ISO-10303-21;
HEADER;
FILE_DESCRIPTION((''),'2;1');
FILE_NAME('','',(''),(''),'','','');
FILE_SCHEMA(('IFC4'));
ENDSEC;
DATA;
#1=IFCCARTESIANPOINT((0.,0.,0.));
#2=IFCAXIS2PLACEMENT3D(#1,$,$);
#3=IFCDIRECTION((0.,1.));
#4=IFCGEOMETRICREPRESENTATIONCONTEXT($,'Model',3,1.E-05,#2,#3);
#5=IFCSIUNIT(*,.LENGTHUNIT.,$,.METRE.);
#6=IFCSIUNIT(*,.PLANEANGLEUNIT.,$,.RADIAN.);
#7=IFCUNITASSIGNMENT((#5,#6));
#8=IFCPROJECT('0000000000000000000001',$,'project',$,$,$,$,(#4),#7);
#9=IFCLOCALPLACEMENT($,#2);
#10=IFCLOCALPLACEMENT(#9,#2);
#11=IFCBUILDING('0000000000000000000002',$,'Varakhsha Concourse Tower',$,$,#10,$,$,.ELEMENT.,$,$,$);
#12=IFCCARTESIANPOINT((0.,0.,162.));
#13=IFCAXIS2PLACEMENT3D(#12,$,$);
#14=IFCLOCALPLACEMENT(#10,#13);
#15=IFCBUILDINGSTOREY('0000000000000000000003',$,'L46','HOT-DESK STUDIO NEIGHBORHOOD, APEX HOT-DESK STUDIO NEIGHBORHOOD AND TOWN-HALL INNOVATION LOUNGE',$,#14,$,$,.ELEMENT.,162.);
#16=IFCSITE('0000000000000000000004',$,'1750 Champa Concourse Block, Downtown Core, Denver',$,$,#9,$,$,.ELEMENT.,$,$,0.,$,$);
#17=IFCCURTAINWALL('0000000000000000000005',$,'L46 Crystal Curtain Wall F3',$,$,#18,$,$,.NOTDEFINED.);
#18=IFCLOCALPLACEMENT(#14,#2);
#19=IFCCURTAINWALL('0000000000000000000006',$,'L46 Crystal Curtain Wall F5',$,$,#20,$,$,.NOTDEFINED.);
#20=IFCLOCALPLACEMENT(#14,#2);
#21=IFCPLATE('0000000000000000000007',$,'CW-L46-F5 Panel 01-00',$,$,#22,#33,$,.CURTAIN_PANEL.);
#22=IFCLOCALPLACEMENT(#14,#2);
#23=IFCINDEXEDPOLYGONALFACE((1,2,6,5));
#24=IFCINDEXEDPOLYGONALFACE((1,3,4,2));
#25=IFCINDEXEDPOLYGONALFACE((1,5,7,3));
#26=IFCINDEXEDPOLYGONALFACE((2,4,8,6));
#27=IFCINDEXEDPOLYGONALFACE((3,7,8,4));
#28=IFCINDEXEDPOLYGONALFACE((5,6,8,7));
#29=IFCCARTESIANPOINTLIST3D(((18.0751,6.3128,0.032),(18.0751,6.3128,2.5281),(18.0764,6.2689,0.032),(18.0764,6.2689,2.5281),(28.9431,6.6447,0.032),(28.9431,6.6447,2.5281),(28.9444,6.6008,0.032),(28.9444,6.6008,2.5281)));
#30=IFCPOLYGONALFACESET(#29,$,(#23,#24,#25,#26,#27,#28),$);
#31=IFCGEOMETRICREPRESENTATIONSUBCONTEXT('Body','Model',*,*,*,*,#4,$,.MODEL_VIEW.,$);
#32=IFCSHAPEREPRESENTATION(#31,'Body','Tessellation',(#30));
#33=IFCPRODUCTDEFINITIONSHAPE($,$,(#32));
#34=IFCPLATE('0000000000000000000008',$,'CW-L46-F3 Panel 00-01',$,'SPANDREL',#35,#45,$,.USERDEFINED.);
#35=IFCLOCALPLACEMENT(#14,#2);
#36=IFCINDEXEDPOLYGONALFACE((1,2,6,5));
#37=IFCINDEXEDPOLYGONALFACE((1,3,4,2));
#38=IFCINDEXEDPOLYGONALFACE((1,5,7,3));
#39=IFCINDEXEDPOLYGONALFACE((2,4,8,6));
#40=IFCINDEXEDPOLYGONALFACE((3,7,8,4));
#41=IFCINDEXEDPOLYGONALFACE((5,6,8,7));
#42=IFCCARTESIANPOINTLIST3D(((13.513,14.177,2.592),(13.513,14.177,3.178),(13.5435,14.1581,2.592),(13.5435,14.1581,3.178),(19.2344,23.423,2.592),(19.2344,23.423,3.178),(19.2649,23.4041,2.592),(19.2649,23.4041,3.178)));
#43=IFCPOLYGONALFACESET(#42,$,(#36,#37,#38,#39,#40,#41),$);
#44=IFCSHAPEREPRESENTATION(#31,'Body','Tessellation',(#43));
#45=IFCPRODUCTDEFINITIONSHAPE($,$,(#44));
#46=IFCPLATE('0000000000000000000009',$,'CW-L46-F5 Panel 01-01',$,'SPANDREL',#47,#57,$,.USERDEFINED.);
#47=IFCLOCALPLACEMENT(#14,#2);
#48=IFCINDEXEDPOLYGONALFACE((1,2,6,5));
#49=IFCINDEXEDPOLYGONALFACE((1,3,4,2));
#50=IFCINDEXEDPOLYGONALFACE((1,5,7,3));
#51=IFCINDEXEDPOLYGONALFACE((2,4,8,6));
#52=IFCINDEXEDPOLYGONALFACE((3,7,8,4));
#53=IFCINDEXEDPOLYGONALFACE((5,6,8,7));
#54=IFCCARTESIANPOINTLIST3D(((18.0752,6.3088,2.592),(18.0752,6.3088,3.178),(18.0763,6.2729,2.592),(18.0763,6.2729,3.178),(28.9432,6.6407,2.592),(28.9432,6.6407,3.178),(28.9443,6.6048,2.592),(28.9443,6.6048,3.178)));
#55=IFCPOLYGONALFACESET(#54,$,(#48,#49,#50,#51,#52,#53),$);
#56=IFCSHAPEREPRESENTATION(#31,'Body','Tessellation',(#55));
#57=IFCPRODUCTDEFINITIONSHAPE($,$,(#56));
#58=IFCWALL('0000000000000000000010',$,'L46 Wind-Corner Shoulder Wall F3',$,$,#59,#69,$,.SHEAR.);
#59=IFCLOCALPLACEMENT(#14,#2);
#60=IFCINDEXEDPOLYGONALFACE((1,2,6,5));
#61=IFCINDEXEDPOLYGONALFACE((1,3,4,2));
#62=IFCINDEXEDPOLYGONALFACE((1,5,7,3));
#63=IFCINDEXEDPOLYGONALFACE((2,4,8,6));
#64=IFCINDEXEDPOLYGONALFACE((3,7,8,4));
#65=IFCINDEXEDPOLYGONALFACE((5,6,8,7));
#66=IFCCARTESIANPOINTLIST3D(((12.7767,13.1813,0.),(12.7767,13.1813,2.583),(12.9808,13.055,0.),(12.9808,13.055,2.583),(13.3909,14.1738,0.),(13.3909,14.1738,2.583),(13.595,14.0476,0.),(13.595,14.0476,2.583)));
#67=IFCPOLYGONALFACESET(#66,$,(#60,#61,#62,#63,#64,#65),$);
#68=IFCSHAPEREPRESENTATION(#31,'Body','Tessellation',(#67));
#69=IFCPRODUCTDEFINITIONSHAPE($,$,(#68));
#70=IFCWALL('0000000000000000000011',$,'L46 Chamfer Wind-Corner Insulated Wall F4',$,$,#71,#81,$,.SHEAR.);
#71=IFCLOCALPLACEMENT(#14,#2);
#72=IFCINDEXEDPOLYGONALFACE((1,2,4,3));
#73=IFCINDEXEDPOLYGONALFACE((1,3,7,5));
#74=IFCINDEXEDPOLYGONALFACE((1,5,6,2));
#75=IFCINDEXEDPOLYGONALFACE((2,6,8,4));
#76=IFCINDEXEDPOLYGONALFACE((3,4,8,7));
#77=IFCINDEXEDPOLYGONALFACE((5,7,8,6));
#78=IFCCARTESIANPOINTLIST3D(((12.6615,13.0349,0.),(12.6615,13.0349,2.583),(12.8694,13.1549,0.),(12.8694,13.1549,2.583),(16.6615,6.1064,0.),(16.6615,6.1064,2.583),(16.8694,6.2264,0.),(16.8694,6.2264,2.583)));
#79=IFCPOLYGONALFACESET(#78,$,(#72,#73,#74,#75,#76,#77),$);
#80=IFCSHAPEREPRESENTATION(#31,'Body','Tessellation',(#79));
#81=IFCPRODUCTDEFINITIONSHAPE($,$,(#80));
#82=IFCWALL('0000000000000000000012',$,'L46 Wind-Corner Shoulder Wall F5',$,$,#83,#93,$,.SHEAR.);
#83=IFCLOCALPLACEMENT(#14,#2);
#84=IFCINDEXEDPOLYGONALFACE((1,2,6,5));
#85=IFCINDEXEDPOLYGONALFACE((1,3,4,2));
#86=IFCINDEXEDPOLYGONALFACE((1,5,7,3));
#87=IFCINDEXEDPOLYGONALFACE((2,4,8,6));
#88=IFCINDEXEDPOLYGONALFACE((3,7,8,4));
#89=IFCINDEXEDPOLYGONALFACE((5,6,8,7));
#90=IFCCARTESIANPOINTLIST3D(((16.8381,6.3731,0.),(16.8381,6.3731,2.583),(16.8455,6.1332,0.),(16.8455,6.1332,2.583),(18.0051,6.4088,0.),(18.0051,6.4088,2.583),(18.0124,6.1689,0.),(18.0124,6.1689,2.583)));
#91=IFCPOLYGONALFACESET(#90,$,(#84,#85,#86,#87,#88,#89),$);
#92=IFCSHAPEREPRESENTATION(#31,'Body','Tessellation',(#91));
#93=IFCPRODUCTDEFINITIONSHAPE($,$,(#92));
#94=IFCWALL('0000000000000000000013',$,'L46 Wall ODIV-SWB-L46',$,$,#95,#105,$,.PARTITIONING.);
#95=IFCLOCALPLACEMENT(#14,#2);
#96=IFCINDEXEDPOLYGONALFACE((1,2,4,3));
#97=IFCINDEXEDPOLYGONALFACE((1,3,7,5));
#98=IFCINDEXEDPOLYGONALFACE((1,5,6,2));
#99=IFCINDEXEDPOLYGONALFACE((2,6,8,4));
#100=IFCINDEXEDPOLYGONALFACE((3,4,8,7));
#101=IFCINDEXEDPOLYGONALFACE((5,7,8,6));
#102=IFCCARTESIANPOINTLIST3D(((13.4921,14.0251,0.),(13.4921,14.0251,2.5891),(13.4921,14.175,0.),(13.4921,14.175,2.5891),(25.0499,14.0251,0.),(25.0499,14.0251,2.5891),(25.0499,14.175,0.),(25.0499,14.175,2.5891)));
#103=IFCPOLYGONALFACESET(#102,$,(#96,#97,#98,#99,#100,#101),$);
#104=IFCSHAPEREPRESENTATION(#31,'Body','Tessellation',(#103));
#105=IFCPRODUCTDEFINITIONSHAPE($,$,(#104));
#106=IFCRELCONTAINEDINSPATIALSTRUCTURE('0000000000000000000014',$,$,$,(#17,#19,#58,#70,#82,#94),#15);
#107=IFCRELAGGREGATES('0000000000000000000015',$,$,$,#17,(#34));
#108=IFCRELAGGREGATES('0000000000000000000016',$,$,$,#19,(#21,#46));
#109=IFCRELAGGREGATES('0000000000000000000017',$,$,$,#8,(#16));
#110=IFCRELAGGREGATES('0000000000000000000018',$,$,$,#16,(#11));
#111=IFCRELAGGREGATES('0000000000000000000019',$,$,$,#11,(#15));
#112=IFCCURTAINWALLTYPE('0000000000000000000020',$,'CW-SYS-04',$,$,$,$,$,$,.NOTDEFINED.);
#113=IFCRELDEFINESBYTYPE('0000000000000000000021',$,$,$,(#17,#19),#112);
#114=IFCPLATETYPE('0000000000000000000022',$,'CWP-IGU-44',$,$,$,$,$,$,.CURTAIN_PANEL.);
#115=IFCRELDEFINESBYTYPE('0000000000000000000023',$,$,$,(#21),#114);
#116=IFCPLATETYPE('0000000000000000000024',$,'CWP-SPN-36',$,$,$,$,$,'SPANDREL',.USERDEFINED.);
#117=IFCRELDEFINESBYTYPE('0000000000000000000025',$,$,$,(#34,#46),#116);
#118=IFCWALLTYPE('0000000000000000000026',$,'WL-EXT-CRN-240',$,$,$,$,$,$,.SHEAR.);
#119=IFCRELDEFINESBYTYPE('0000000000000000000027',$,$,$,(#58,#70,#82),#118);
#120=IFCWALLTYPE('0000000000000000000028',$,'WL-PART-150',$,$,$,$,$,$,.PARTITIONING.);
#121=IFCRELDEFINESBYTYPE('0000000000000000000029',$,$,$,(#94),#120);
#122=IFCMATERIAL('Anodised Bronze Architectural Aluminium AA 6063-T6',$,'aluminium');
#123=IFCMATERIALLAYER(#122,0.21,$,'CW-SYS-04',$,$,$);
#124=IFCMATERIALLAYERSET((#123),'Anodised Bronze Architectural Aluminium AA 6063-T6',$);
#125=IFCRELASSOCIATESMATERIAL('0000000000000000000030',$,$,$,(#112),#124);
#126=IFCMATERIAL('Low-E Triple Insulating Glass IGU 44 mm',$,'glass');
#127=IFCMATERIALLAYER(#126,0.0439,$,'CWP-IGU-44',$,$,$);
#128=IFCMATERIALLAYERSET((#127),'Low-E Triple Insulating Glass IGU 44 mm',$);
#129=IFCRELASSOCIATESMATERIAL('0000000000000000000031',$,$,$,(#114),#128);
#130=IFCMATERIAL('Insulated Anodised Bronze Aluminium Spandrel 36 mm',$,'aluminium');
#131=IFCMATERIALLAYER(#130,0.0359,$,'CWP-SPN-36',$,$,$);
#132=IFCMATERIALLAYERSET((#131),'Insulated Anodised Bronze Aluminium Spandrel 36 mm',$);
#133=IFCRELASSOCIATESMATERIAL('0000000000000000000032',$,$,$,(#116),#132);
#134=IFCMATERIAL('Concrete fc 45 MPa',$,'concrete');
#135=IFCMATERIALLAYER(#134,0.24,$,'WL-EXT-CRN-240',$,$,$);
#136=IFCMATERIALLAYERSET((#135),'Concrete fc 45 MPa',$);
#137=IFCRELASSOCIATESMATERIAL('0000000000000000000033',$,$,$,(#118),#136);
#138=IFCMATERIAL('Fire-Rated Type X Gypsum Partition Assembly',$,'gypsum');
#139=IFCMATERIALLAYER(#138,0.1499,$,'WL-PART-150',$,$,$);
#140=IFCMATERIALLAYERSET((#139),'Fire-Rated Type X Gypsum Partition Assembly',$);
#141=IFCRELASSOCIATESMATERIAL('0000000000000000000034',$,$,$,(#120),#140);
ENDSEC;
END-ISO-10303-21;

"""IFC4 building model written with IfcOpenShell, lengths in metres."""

from ifc_helpers import new_model, si_unit, direction, frame, frame_2d, origin, origin_2d, place, context, subcontext, project, spatial, rectangle, extrude, source, transform, mapped, material, layer, layer_set, type_object, type_shapes, element, aggregate, save


model = new_model("IFC4")

# Units and contexts
model_context = context("Model", 3, precision=1e-05, world=origin(), true_north=direction((0.0, 1.0)))
body_context = subcontext(model_context, "Body", "Model", "MODEL_VIEW")
ifc_project = project(units=[si_unit("LENGTHUNIT", "METRE"), si_unit("PLANEANGLEUNIT", "RADIAN")], contexts=[model_context])

# Site, building, storey
site_placement = place(None, origin())
site = spatial("IfcSite", under=ifc_project, at=site_placement, Name="1750 Champa Concourse Block, Downtown Core, Denver", CompositionType="ELEMENT", RefElevation=0.0)
building_placement = place(site_placement, origin())
building = spatial("IfcBuilding", under=site, at=building_placement, Name="Varakhsha Concourse Tower", CompositionType="ELEMENT")
storey_placement = place(building_placement, frame((0.0, 0.0, 162.0)))
storey = spatial("IfcBuildingStorey", under=building, at=storey_placement, Name="L46", Description="HOT-DESK STUDIO NEIGHBORHOOD, APEX HOT-DESK STUDIO NEIGHBORHOOD AND TOWN-HALL INNOVATION LOUNGE", CompositionType="ELEMENT", Elevation=162.0)

# Curtain walls
ifc_material_1 = material(Name="Anodised Bronze Architectural Aluminium AA 6063-T6", Category="aluminium")
ifc_layer_1 = layer(ifc_material_1, 0.21, Name="CW-SYS-04")
ifc_layer_set_1 = layer_set([ifc_layer_1], Name="Anodised Bronze Architectural Aluminium AA 6063-T6")
curtain_wall_type = type_object("IfcCurtainWallType", Name="CW-SYS-04", PredefinedType="NOTDEFINED", material=ifc_layer_set_1)
curtain_wall_1_placement = place(storey_placement, origin())
curtain_wall_1 = element("IfcCurtainWall", 1, at=curtain_wall_1_placement, inside=storey, type_object=curtain_wall_type, Name="L46 Crystal Curtain Wall F3", PredefinedType="NOTDEFINED")
curtain_wall_2_placement = place(storey_placement, origin())
curtain_wall_2 = element("IfcCurtainWall", 2, at=curtain_wall_2_placement, inside=storey, type_object=curtain_wall_type, Name="L46 Crystal Curtain Wall F5", PredefinedType="NOTDEFINED")

# Shared definitions
ifc_material_2 = material(Name="Concrete fc 45 MPa", Category="concrete")

# Plates
ifc_material_3 = material(Name="Low-E Triple Insulating Glass IGU 44 mm", Category="glass")
ifc_layer_2 = layer(ifc_material_3, 0.0439, Name="CWP-IGU-44")
ifc_layer_set_2 = layer_set([ifc_layer_2], Name="Low-E Triple Insulating Glass IGU 44 mm")
plate_type_1 = type_object("IfcPlateType", Name="CWP-IGU-44", PredefinedType="CURTAIN_PANEL", material=ifc_layer_set_2)
shared_shape_1 = source(origin(), body_context, "Body", "SweptSolid", [
    extrude(rectangle(XDim=10.873, YDim=0.0439, at=origin_2d()), origin(), (0.0, 0.0, 1.0), 2.4961),
])
type_shapes(plate_type_1, [shared_shape_1])
plate_1_placement = place(storey_placement, frame((23.5098, 6.4568, 0.032), z_axis=(0.0, 0.0, 1.0), x_axis=(-0.999534, -0.030525, 0.0)))
plate_1 = element("IfcPlate", 3, at=plate_1_placement, type_object=plate_type_1, Name="CW-L46-F5 Panel 01-00", PredefinedType="CURTAIN_PANEL", context=body_context, shape_type="MappedRepresentation", body=[
    mapped(shared_shape_1, transform((0.0, 0.0, 0.0), scale=1.0)),
])
ifc_material_4 = material(Name="Insulated Anodised Bronze Aluminium Spandrel 36 mm", Category="aluminium")
ifc_layer_3 = layer(ifc_material_4, 0.0359, Name="CWP-SPN-36")
ifc_layer_set_3 = layer_set([ifc_layer_3], Name="Insulated Anodised Bronze Aluminium Spandrel 36 mm")
plate_type_2 = type_object("IfcPlateType", Name="CWP-SPN-36", ElementType="SPANDREL", PredefinedType="USERDEFINED", material=ifc_layer_set_3)
shared_shape_2 = source(origin(), body_context, "Body", "SweptSolid", [
    extrude(rectangle(XDim=10.873, YDim=0.0359, at=origin_2d()), origin(), (0.0, 0.0, 1.0), 0.5859),
])
type_shapes(plate_type_2, [shared_shape_2])
plate_2_placement = place(storey_placement, frame((16.3889, 18.7905, 2.592), z_axis=(0.0, 0.0, 1.0), x_axis=(0.526199, 0.850361, 0.0)))
plate_2 = element("IfcPlate", 4, at=plate_2_placement, type_object=plate_type_2, Name="CW-L46-F3 Panel 00-01", ObjectType="SPANDREL", PredefinedType="USERDEFINED", context=body_context, shape_type="MappedRepresentation", body=[
    mapped(shared_shape_2, transform((0.0, 0.0, 0.0), scale=1.0)),
])
aggregate(curtain_wall_1, [plate_2])
plate_3_placement = place(storey_placement, frame((23.5098, 6.4568, 2.592), z_axis=(0.0, 0.0, 1.0), x_axis=(-0.999534, -0.030525, 0.0)))
plate_3 = element("IfcPlate", 5, at=plate_3_placement, type_object=plate_type_2, Name="CW-L46-F5 Panel 01-01", ObjectType="SPANDREL", PredefinedType="USERDEFINED", context=body_context, shape_type="MappedRepresentation", body=[
    mapped(shared_shape_2, transform((0.0, 0.0, 0.0), scale=1.0)),
])
aggregate(curtain_wall_2, [plate_1, plate_3])

# Walls
ifc_layer_4 = layer(ifc_material_2, 0.24, Name="WL-EXT-CRN-240")
ifc_layer_set_4 = layer_set([ifc_layer_4], Name="Concrete fc 45 MPa")
wall_type_1 = type_object("IfcWallType", Name="WL-EXT-CRN-240", PredefinedType="SHEAR", material=ifc_layer_set_4)
wall_1_placement = place(storey_placement, frame((13.4929, 14.1106, 0.0), z_axis=(0.0, 0.0, 1.0), x_axis=(-0.526196, -0.850363, 0.0)))
element("IfcWall", 6, at=wall_1_placement, inside=storey, type_object=wall_type_1, Name="L46 Wind-Corner Shoulder Wall F3", PredefinedType="SHEAR", context=body_context, shape_type="SweptSolid", body=[
    extrude(rectangle(XDim=1.1672, YDim=0.24, at=frame_2d((0.5835, 0.0))), origin(), (0.0, 0.0, 1.0), 2.583),
])
wall_2_placement = place(storey_placement, frame((16.7654, 6.1665, 0.0), z_axis=(0.0, 0.0, 1.0), x_axis=(-0.499986, 0.866034, 0.0)))
element("IfcWall", 7, at=wall_2_placement, inside=storey, type_object=wall_type_1, Name="L46 Chamfer Wind-Corner Insulated Wall F4", PredefinedType="SHEAR", context=body_context, shape_type="SweptSolid", body=[
    extrude(rectangle(XDim=8.0002, YDim=0.24, at=frame_2d((4.0, 0.0))), origin(), (0.0, 0.0, 1.0), 2.583),
])
wall_3_placement = place(storey_placement, frame((16.8418, 6.2532, 0.0), z_axis=(0.0, 0.0, 1.0), x_axis=(0.999534, 0.03053, 0.0)))
element("IfcWall", 8, at=wall_3_placement, inside=storey, type_object=wall_type_1, Name="L46 Wind-Corner Shoulder Wall F5", PredefinedType="SHEAR", context=body_context, shape_type="SweptSolid", body=[
    extrude(rectangle(XDim=1.1675, YDim=0.24, at=frame_2d((0.5837, 0.0))), origin(), (0.0, 0.0, 1.0), 2.583),
])
ifc_material_5 = material(Name="Fire-Rated Type X Gypsum Partition Assembly", Category="gypsum")
ifc_layer_5 = layer(ifc_material_5, 0.1499, Name="WL-PART-150")
ifc_layer_set_5 = layer_set([ifc_layer_5], Name="Fire-Rated Type X Gypsum Partition Assembly")
wall_type_2 = type_object("IfcWallType", Name="WL-PART-150", PredefinedType="PARTITIONING", material=ifc_layer_set_5)
wall_4_placement = place(storey_placement, frame((13.4922, 14.1001, 0.0), z_axis=(0.0, 0.0, 1.0), x_axis=(1.0, 0.0, 0.0)))
element("IfcWall", 9, at=wall_4_placement, inside=storey, type_object=wall_type_2, Name="L46 Wall ODIV-SWB-L46", PredefinedType="PARTITIONING", context=body_context, shape_type="SweptSolid", body=[
    extrude(rectangle(XDim=11.5579, YDim=0.1499, at=frame_2d((5.7788, 0.0))), origin(), (0.0, 0.0, 1.0), 2.5891),
])

save(model, "model.ifc")
